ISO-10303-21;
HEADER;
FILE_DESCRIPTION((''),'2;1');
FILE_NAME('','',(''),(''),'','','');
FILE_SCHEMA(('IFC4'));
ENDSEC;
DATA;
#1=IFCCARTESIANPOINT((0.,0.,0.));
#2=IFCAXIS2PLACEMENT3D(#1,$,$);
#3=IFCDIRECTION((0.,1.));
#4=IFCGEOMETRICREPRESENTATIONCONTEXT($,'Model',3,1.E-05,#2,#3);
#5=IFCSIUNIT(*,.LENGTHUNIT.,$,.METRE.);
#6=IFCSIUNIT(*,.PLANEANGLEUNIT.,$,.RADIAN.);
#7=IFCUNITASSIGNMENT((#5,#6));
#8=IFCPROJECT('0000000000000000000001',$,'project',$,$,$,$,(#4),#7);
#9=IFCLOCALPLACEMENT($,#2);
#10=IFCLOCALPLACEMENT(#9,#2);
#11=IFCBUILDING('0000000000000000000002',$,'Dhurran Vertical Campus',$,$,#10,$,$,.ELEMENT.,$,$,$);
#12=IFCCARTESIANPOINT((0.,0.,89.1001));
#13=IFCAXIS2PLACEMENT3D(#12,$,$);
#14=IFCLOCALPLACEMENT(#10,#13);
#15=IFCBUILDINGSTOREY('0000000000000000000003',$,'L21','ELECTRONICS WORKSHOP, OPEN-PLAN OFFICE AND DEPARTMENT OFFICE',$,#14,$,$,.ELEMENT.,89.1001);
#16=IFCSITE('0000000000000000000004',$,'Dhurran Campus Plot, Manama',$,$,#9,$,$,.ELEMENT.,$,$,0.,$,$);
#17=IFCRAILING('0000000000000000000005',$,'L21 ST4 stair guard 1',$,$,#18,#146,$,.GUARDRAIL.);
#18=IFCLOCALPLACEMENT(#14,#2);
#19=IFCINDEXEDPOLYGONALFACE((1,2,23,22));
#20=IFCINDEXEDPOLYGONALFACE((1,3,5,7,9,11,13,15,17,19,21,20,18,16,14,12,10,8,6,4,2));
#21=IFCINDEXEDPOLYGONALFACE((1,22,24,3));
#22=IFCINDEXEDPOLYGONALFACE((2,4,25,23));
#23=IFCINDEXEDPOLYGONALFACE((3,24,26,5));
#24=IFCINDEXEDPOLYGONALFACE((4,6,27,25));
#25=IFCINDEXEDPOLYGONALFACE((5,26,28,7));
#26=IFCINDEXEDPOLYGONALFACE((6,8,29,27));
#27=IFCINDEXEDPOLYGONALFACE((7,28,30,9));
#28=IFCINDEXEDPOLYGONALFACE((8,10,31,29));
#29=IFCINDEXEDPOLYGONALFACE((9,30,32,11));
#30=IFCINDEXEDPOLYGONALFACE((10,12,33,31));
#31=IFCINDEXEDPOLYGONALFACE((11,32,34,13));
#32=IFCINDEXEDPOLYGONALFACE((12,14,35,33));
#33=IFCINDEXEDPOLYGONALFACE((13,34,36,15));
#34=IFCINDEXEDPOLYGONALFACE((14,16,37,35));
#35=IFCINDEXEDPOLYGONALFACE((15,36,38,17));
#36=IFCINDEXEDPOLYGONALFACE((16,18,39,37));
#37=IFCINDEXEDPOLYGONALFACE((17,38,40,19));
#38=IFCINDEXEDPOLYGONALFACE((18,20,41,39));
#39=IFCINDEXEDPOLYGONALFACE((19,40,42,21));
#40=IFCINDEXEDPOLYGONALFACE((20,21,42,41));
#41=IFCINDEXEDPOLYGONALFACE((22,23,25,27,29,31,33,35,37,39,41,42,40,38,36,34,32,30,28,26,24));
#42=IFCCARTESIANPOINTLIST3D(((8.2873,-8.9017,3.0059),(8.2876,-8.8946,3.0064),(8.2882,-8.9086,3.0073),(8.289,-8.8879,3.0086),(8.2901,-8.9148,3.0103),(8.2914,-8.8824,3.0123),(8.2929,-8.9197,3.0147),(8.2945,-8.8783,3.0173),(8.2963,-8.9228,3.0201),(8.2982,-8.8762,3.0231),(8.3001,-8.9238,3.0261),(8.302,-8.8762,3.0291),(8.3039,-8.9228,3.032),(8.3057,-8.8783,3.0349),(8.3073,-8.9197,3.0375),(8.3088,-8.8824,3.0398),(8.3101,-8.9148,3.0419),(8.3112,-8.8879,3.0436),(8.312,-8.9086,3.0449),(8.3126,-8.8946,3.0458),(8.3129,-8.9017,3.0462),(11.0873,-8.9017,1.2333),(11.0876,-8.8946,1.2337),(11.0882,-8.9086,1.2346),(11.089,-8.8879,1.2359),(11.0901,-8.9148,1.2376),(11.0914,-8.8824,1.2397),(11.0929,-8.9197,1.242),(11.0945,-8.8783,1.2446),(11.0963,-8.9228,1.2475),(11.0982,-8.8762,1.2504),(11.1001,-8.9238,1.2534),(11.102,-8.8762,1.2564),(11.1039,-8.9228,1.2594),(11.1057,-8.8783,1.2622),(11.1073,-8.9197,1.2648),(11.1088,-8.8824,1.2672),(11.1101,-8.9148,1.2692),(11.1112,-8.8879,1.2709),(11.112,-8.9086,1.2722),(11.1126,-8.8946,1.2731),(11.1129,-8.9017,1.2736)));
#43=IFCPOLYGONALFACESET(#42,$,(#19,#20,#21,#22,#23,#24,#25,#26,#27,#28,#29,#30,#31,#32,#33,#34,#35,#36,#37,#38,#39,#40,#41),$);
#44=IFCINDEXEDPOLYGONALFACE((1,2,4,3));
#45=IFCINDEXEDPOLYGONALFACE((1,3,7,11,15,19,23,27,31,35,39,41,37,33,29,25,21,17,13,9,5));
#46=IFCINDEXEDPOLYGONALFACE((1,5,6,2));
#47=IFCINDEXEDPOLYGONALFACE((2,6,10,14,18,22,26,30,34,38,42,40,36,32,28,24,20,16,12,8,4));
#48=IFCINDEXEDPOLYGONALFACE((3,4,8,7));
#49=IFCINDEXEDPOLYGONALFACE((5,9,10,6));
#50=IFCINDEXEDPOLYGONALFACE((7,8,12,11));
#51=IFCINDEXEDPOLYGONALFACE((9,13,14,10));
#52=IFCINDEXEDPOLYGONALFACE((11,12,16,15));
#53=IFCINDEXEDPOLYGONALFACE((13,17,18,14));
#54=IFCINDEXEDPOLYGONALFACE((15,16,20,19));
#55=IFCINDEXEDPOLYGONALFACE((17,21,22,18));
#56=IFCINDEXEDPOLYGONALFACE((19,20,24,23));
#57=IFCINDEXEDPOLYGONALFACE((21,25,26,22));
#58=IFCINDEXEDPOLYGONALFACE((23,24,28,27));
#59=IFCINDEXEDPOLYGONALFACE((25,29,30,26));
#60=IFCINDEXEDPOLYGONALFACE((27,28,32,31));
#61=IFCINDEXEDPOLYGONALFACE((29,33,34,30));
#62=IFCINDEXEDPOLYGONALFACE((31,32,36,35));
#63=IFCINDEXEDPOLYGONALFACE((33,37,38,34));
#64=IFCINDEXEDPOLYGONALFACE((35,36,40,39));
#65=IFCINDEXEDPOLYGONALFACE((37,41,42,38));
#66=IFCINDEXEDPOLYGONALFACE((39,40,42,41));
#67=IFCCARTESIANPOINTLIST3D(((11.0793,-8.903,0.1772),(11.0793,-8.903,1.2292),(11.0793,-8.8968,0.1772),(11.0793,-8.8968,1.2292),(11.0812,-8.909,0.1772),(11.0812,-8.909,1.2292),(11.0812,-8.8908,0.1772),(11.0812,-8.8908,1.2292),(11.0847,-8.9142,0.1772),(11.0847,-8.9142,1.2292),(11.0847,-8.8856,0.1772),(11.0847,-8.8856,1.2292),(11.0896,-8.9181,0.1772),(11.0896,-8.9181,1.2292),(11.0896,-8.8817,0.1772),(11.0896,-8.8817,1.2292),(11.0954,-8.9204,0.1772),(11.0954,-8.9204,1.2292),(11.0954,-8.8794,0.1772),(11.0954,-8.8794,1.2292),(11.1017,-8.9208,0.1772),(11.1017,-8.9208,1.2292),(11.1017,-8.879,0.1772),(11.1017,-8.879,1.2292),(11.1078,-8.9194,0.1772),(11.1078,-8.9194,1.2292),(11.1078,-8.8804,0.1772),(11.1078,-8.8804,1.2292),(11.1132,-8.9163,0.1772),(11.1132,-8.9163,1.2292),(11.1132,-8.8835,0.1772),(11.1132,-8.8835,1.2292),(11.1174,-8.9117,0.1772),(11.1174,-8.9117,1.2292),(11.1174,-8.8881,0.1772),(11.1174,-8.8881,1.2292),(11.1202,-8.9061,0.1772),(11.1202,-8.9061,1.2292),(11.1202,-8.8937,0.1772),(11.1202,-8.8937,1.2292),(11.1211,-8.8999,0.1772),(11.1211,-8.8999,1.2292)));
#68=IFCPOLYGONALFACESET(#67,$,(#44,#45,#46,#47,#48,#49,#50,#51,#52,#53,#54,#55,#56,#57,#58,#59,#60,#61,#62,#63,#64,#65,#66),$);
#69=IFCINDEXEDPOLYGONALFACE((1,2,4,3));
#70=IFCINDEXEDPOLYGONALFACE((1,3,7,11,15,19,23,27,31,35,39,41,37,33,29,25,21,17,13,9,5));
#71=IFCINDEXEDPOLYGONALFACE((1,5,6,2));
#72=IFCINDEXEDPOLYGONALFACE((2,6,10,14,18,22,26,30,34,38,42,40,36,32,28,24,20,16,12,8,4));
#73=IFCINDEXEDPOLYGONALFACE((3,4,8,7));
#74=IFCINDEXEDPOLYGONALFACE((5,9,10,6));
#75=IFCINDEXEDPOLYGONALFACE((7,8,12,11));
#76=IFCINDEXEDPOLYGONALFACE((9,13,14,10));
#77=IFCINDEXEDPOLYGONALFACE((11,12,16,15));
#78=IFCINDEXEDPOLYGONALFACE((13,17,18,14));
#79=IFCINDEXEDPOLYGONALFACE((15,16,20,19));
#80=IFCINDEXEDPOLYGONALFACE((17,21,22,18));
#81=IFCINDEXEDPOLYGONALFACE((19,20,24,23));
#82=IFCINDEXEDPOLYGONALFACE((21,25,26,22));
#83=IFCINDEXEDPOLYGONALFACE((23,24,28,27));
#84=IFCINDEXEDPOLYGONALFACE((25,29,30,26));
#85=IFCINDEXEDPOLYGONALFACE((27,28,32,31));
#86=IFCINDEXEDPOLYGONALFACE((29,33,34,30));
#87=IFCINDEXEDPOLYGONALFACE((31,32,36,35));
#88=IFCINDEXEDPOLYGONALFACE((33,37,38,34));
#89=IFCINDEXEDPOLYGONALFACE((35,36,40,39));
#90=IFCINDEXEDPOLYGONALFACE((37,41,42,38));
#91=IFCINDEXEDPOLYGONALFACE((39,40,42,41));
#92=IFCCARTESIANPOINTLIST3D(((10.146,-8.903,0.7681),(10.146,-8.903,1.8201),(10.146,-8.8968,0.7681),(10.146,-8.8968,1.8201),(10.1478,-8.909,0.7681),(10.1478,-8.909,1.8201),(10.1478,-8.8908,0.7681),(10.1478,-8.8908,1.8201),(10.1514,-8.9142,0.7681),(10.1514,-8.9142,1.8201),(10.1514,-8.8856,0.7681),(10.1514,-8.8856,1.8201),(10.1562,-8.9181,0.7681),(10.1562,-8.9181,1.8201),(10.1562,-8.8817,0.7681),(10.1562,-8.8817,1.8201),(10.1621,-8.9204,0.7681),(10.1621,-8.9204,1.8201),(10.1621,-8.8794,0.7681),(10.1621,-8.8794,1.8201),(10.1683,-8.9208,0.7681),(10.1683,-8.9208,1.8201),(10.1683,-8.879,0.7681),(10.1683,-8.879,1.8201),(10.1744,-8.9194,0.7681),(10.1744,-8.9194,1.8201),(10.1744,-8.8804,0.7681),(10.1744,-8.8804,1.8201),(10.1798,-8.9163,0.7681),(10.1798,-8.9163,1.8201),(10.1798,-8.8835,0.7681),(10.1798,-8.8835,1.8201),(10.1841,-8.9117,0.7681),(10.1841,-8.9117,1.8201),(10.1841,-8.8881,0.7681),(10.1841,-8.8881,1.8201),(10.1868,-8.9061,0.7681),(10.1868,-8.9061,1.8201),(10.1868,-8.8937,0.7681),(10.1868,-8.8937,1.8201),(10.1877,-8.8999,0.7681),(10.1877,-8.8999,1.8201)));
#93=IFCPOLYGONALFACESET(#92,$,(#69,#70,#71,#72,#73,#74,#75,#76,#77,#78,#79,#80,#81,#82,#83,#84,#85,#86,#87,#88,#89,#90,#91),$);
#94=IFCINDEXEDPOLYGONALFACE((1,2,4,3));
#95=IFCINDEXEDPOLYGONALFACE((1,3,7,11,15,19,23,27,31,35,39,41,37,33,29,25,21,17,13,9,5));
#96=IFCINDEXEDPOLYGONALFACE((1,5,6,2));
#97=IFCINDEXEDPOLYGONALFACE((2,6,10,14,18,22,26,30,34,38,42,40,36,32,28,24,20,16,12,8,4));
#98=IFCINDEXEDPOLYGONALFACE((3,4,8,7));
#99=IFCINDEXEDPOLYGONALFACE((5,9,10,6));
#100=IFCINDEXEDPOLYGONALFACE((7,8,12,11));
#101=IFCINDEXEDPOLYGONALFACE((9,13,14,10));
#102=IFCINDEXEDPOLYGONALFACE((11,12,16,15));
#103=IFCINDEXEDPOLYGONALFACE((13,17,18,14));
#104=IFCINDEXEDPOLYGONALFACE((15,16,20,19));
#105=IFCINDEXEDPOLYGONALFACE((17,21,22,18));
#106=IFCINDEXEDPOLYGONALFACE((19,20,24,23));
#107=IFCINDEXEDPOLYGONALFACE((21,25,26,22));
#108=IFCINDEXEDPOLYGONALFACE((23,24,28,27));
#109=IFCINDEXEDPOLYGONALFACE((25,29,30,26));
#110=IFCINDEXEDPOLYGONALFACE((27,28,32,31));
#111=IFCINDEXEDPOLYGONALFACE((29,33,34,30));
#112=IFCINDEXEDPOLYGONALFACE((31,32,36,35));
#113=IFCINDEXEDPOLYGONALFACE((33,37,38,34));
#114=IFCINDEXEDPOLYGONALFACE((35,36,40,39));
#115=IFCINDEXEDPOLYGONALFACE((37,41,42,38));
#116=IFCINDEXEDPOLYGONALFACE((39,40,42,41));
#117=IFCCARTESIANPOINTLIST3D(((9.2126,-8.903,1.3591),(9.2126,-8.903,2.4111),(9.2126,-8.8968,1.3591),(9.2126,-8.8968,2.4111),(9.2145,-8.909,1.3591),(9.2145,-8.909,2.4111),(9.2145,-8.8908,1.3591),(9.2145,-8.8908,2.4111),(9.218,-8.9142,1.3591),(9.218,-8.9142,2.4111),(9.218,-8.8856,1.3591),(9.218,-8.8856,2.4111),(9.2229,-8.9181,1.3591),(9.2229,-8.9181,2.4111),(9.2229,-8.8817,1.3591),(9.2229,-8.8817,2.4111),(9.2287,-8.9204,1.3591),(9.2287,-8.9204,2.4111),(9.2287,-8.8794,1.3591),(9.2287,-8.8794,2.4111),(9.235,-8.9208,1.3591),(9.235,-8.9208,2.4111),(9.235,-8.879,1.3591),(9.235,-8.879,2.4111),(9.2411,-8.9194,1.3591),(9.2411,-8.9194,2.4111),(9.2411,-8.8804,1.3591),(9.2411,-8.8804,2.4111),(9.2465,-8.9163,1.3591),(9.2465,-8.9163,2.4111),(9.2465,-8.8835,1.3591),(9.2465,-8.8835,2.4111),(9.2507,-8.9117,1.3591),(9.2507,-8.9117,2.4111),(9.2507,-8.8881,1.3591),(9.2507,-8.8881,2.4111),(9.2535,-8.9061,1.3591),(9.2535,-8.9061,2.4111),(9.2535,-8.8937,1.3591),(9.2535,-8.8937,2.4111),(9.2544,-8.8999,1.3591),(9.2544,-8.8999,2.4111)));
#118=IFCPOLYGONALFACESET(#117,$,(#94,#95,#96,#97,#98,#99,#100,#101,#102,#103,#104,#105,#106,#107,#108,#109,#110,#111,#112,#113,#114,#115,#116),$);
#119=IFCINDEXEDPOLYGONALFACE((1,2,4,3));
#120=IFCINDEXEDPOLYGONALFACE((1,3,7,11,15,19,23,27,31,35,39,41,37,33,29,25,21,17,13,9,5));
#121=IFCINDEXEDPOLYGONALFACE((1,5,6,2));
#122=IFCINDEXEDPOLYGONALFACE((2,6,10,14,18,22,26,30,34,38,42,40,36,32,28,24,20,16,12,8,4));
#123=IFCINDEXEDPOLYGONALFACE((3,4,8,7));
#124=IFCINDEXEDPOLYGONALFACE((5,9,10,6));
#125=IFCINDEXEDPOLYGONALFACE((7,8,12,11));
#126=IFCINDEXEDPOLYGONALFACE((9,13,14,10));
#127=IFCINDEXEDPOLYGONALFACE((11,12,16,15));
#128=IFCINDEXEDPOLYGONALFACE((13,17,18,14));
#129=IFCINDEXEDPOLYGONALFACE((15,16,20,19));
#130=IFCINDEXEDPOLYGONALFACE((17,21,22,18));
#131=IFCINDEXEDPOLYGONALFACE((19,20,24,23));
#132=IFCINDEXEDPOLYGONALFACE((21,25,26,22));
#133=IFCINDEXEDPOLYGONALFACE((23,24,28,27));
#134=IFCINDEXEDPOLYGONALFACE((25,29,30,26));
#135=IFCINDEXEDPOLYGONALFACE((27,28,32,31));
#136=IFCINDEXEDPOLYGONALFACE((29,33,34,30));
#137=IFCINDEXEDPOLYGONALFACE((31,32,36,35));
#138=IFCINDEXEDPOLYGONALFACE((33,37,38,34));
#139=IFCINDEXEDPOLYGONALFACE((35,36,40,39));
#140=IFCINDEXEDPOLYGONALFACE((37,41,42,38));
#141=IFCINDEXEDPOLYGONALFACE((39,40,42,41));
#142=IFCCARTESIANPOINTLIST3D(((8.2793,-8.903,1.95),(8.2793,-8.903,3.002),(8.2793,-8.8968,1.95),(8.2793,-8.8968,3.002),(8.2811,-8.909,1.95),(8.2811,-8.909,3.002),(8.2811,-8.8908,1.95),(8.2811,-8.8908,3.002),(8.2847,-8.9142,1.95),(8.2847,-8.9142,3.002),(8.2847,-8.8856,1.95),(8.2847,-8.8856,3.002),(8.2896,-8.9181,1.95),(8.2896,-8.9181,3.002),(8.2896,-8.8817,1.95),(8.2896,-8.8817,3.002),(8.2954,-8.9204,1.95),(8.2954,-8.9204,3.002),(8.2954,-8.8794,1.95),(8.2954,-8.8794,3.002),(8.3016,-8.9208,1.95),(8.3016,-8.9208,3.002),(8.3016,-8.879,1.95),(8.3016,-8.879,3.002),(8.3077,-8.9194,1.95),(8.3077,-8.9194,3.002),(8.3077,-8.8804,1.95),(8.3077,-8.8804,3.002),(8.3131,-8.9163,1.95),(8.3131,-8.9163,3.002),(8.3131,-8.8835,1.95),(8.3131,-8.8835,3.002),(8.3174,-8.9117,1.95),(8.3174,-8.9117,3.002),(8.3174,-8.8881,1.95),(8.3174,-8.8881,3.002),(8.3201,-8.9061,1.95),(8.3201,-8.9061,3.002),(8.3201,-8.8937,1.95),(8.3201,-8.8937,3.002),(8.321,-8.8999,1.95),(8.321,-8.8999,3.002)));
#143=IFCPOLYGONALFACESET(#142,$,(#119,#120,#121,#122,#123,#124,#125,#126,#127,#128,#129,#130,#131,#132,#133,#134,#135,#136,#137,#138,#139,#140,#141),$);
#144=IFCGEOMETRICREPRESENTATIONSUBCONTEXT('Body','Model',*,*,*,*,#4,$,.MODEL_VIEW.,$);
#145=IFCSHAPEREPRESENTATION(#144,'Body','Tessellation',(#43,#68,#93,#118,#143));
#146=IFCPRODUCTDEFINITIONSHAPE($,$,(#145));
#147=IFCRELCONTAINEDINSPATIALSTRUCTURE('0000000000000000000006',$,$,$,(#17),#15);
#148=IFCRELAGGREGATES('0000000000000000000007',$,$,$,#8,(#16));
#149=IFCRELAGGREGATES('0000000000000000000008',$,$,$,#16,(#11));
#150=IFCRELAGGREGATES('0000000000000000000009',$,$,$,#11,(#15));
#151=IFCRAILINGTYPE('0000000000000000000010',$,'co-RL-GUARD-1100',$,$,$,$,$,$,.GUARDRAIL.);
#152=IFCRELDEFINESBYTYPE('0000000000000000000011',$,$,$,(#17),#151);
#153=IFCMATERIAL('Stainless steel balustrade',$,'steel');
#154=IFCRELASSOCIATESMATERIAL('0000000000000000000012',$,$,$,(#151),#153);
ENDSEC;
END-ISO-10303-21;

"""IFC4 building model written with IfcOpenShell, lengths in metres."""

from ifc_helpers import new_model, si_unit, direction, frame, origin, origin_2d, place, context, subcontext, project, spatial, circle, extrude, material, type_object, element, save


model = new_model("IFC4")

# Units and contexts
model_context = context("Model", 3, precision=1e-05, world=origin(), true_north=direction((0.0, 1.0)))
body_context = subcontext(model_context, "Body", "Model", "MODEL_VIEW")
ifc_project = project(units=[si_unit("LENGTHUNIT", "METRE"), si_unit("PLANEANGLEUNIT", "RADIAN")], contexts=[model_context])

# Site, building, storey
site_placement = place(None, origin())
site = spatial("IfcSite", under=ifc_project, at=site_placement, Name="Dhurran Campus Plot, Manama", CompositionType="ELEMENT", RefElevation=0.0)
building_placement = place(site_placement, origin())
building = spatial("IfcBuilding", under=site, at=building_placement, Name="Dhurran Vertical Campus", CompositionType="ELEMENT")
storey_placement = place(building_placement, frame((0.0, 0.0, 89.1001)))
storey = spatial("IfcBuildingStorey", under=building, at=storey_placement, Name="L21", Description="ELECTRONICS WORKSHOP, OPEN-PLAN OFFICE AND DEPARTMENT OFFICE", CompositionType="ELEMENT", Elevation=89.1001)

# Railing
ifc_material_1 = material(Name="Stainless steel balustrade", Category="steel")
railing_type_1 = type_object("IfcRailingType", Name="co-RL-GUARD-1100", PredefinedType="GUARDRAIL", material=ifc_material_1)
railing_1_placement = place(storey_placement, frame((11.1001, -8.8999, 0.1772)))
element("IfcRailing", 1, at=railing_1_placement, inside=storey, type_object=railing_type_1, Name="L21 ST4 stair guard 1", PredefinedType="GUARDRAIL", context=body_context, shape_type="SweptSolid", body=[
    extrude(circle(Radius=0.0239, at=origin_2d()), frame((0.0, 0.0, 1.0762), z_axis=(-0.844909, 0.0, 0.53491), x_axis=(0.0, -1.0, 0.0)), (0.0, 0.0, 1.0), 3.314),
    extrude(circle(Radius=0.021, at=origin_2d()), origin(), (0.0, 0.0, 1.0), 1.052),
    extrude(circle(Radius=0.021, at=origin_2d()), frame((-0.9333, 0.0, 0.5908)), (0.0, 0.0, 1.0), 1.052),
    extrude(circle(Radius=0.021, at=origin_2d()), frame((-1.8667, 0.0, 1.1819)), (0.0, 0.0, 1.0), 1.052),
    extrude(circle(Radius=0.021, at=origin_2d()), frame((-2.8, 0.0, 1.7727)), (0.0, 0.0, 1.0), 1.052),
])

save(model, "model.ifc")
